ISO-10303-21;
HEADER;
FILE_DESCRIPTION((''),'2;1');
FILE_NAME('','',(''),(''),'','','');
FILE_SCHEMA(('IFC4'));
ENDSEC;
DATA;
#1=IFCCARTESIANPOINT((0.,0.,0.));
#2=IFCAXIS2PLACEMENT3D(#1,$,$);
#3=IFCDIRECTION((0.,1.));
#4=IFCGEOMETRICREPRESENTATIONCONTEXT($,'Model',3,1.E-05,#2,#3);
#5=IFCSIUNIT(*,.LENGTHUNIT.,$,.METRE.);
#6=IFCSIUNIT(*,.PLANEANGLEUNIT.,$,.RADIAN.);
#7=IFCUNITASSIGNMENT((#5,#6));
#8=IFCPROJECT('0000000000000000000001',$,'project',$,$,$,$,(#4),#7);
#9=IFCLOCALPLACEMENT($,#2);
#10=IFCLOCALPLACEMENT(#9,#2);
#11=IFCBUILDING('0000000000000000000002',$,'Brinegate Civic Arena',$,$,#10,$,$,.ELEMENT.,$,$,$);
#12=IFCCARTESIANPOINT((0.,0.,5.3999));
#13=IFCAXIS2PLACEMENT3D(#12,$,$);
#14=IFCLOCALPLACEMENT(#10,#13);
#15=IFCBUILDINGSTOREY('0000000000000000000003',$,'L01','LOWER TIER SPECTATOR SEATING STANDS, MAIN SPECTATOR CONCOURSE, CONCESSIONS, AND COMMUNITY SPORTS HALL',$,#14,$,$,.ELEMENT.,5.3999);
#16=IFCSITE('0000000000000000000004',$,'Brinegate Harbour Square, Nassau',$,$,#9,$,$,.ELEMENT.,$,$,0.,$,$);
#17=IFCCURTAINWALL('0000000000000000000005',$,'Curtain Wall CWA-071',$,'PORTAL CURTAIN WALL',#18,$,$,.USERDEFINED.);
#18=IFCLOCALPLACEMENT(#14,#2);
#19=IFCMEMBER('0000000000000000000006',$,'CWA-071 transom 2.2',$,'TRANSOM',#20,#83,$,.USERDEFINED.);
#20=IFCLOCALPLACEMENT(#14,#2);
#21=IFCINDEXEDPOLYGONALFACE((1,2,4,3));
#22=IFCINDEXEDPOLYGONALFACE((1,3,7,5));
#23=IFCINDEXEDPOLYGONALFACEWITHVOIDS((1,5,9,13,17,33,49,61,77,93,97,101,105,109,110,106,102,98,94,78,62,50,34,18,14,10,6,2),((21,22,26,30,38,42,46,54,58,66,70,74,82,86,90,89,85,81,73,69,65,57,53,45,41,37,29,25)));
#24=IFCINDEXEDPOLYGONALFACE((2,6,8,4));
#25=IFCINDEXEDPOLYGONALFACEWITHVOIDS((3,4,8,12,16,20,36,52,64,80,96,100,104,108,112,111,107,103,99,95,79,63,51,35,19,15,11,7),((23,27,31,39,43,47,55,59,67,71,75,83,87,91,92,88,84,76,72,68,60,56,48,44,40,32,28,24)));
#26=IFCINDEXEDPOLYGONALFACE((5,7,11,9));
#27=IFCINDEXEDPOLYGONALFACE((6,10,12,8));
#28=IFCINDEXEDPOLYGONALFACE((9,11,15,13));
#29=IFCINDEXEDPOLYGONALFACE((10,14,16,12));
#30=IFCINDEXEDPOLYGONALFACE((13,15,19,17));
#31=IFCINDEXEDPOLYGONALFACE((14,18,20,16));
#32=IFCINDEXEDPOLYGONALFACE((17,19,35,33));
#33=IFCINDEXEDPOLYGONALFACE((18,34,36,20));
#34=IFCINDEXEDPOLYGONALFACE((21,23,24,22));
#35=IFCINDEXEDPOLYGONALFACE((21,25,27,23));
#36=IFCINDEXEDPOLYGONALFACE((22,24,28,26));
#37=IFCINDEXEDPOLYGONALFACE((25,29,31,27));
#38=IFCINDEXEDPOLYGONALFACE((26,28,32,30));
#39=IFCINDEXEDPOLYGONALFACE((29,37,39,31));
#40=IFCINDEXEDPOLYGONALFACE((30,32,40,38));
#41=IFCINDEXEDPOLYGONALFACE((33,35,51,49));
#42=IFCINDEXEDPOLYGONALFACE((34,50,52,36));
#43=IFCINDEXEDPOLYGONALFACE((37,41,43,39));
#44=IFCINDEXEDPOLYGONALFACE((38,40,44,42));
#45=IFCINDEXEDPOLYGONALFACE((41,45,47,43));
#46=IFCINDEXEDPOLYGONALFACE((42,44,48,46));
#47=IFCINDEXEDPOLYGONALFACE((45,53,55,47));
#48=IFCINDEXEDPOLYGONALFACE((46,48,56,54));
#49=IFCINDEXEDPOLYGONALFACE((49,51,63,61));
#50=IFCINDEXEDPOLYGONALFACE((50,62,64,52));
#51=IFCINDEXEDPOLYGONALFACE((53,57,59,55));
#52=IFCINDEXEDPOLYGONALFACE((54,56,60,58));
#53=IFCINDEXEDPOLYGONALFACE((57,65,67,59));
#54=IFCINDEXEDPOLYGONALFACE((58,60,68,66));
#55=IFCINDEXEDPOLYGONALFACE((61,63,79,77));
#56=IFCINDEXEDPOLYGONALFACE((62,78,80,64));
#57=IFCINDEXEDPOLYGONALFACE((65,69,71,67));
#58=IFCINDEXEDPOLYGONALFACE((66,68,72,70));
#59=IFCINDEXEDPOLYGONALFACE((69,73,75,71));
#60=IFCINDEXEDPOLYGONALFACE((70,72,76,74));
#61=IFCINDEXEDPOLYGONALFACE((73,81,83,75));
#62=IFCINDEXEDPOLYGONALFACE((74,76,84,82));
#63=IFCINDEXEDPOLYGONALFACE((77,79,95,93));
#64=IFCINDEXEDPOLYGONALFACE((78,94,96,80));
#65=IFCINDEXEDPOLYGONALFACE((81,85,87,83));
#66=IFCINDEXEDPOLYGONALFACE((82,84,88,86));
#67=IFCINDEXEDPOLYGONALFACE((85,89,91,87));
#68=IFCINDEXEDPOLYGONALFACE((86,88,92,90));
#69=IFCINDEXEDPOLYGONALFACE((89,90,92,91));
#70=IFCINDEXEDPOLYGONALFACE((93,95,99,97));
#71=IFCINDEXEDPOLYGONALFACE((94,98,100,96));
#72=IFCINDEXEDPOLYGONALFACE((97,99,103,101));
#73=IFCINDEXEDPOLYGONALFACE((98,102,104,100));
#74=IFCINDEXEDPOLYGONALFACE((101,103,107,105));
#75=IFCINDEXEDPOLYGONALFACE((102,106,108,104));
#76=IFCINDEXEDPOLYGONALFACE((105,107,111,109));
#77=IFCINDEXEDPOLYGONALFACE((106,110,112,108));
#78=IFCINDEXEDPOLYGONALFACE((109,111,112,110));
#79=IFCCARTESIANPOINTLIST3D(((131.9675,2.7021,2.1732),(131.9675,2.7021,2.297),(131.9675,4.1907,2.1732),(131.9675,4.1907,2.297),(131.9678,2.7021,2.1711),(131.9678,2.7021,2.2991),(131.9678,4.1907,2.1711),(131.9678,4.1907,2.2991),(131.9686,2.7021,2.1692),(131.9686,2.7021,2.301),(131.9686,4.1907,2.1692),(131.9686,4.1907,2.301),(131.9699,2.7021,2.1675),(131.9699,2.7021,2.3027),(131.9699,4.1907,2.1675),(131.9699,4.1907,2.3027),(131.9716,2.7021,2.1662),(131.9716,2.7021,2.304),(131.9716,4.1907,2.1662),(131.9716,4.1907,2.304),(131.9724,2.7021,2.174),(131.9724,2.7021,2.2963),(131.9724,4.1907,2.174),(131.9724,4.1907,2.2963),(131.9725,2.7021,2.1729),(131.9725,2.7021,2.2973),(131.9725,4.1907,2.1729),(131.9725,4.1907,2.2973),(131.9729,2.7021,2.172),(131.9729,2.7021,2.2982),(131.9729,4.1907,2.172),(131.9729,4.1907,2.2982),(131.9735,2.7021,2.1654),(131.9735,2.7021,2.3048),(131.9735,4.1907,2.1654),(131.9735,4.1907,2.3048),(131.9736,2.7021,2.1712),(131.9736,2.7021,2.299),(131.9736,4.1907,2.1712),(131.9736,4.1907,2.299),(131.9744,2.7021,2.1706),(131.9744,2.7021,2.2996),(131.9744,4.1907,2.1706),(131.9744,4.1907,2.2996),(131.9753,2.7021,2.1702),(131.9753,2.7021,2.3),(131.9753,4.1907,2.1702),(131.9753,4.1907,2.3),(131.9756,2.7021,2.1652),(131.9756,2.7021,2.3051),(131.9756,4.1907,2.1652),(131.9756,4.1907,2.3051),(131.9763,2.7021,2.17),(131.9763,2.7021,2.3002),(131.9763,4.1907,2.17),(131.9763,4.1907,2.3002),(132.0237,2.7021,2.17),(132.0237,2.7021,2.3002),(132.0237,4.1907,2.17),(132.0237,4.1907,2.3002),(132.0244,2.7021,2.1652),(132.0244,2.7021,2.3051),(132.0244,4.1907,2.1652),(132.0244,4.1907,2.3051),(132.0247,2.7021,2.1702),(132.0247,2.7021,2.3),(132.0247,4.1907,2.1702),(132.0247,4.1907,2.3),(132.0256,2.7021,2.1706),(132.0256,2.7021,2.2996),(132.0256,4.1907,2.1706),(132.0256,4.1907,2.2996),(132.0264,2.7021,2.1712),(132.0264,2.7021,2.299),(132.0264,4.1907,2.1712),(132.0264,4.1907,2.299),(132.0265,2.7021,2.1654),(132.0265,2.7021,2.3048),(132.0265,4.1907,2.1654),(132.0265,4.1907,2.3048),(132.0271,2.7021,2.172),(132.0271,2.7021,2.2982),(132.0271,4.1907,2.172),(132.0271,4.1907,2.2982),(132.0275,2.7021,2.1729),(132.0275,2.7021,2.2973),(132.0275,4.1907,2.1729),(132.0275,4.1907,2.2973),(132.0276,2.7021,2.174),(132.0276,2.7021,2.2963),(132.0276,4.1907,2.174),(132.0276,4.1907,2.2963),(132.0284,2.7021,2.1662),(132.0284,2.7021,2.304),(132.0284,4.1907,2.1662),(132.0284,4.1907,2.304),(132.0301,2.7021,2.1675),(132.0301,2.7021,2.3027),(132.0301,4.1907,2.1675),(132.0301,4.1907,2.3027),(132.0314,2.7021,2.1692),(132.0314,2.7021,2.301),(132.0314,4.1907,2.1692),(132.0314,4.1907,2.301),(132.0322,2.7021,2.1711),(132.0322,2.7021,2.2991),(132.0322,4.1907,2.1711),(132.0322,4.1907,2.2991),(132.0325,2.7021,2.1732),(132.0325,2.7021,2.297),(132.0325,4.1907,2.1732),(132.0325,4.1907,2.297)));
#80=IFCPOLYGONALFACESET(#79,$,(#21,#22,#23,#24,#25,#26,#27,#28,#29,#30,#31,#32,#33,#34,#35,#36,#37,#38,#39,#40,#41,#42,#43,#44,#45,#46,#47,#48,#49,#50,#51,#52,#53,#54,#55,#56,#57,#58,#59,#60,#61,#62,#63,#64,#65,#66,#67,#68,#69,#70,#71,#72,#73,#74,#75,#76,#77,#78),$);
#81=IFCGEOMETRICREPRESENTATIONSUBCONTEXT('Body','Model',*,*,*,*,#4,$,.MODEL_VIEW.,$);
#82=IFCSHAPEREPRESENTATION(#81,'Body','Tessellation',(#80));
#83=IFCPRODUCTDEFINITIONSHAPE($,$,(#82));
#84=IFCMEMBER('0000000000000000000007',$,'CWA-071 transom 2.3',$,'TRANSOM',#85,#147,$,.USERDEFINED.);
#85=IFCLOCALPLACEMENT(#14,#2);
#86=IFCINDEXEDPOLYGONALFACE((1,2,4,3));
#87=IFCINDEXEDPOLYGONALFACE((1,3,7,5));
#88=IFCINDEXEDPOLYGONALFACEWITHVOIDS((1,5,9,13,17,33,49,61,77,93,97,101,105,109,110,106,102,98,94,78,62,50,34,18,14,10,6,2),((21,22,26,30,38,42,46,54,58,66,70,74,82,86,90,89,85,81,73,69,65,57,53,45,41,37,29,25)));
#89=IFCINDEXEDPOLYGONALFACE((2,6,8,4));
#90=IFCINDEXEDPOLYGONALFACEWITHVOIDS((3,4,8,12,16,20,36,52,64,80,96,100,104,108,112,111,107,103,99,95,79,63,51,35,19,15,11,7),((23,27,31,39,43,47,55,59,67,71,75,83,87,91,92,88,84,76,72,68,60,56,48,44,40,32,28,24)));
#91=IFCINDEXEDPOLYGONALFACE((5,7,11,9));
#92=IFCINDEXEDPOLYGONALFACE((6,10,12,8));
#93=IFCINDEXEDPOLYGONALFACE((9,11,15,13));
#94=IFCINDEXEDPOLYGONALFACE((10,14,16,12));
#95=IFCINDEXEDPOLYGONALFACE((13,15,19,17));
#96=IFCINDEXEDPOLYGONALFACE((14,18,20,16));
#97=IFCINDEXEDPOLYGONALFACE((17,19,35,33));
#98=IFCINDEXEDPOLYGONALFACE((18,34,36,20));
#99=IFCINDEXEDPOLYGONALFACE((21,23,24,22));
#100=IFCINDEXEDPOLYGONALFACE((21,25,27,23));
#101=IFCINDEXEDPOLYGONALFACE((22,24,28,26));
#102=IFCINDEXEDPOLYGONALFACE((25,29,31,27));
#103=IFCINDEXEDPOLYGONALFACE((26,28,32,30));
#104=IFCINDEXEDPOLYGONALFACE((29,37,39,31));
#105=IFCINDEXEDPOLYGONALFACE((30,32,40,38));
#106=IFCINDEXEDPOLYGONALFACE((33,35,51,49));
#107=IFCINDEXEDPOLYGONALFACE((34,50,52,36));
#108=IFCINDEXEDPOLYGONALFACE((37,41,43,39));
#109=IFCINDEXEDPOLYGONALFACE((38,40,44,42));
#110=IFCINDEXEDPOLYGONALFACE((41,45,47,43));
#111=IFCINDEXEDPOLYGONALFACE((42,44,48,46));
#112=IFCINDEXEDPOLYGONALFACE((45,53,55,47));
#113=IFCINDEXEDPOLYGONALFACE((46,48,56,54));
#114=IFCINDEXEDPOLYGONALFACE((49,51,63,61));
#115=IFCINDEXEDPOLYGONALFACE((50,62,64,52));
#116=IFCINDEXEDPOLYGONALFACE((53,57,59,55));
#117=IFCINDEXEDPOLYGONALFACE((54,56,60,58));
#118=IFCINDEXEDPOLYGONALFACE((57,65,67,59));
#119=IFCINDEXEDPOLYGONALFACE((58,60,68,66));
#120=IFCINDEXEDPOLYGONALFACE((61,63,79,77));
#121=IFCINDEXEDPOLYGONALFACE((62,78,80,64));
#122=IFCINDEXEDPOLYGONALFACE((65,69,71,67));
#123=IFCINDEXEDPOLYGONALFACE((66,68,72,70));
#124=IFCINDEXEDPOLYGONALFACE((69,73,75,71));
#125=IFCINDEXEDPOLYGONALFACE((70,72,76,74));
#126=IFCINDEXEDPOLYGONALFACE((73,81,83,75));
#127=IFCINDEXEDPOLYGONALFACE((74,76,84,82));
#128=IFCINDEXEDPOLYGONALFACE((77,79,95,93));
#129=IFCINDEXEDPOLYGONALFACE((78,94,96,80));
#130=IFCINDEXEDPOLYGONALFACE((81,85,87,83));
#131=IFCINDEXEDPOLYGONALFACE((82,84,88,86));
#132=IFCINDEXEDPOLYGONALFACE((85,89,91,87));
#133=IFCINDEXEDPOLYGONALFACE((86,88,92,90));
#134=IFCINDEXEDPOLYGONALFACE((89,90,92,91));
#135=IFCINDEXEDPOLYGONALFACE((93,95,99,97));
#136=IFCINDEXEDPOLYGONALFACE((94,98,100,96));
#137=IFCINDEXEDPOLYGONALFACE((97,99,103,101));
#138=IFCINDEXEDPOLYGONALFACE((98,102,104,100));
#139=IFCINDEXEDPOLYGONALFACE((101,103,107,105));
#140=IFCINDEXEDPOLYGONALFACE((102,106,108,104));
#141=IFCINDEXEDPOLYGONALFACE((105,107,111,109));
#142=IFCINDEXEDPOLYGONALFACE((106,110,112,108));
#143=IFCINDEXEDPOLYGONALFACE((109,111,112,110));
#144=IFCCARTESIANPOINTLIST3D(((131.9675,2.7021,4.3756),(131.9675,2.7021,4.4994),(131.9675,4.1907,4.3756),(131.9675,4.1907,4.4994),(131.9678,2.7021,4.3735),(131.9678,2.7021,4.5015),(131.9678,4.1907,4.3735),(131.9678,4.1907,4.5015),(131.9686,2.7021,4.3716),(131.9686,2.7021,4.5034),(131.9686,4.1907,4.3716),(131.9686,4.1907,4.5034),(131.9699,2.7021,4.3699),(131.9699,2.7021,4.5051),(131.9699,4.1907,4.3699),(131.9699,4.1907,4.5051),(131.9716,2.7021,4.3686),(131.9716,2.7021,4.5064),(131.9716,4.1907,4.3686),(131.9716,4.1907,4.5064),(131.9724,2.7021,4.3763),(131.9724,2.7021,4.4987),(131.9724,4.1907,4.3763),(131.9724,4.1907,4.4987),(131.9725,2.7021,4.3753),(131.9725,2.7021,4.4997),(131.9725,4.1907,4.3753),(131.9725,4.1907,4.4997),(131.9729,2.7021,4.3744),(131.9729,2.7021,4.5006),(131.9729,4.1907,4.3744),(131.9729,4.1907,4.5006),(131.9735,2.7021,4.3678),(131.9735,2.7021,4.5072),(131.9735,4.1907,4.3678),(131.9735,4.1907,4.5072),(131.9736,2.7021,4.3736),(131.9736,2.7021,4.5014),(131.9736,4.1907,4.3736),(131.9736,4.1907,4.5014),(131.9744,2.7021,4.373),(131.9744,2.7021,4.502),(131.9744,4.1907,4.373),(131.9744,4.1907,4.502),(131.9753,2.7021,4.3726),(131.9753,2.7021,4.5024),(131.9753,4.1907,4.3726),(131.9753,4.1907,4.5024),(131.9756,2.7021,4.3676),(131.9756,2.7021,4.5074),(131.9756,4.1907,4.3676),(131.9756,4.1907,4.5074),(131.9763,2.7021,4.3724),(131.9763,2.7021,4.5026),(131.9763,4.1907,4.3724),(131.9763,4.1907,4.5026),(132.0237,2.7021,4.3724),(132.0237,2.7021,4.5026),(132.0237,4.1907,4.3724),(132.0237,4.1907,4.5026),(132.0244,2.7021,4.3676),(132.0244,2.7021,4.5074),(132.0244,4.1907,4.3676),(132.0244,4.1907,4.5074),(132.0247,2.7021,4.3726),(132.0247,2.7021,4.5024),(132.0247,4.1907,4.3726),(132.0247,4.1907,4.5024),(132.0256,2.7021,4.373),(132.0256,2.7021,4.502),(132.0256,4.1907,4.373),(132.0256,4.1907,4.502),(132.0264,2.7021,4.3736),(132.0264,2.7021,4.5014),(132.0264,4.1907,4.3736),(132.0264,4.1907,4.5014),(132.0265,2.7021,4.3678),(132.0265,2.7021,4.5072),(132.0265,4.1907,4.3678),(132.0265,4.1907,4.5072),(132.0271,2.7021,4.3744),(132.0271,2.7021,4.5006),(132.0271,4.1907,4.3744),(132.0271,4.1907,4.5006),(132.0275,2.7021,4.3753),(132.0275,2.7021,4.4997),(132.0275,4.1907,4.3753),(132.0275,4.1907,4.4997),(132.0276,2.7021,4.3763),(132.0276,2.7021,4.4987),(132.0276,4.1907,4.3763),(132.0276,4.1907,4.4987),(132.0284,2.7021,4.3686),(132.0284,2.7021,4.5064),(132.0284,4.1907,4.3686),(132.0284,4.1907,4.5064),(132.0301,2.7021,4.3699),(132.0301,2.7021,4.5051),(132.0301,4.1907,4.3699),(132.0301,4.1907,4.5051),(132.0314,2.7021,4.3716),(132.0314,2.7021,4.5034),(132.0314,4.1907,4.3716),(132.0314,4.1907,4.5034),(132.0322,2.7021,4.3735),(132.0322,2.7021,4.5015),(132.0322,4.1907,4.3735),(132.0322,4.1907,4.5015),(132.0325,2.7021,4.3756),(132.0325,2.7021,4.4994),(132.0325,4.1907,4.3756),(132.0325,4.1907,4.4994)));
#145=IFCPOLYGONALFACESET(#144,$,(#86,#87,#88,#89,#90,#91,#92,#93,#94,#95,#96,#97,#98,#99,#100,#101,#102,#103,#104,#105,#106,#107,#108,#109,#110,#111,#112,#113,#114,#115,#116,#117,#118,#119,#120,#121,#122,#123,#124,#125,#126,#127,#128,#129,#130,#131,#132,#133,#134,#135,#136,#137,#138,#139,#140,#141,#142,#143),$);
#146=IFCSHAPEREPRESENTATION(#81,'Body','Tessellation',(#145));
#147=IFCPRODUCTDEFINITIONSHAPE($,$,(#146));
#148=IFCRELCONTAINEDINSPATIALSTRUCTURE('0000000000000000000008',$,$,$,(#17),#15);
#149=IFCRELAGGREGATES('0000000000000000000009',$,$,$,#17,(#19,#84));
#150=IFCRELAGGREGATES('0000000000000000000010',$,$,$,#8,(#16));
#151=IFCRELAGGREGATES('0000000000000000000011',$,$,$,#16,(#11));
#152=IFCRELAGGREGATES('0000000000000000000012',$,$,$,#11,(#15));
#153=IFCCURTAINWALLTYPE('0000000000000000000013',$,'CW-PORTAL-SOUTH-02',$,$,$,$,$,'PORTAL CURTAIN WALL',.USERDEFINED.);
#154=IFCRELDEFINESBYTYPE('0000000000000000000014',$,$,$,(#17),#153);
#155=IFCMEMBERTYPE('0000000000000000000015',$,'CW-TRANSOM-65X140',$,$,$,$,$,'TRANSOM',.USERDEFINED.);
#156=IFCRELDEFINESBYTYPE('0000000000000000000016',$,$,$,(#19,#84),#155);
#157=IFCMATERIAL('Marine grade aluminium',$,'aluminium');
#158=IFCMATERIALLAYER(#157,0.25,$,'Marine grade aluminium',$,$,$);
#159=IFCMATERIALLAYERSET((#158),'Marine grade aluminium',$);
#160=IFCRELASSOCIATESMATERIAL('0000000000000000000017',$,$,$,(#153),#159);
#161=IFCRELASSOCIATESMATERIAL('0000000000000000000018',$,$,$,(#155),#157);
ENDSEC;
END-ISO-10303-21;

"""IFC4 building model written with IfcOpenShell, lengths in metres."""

from ifc_helpers import new_model, si_unit, direction, frame, origin, origin_2d, place, context, subcontext, project, spatial, hollow_rectangle, extrude, material, layer, layer_set, material_profile, profile_set, type_object, element, aggregate, save


model = new_model("IFC4")

# Units and contexts
model_context = context("Model", 3, precision=1e-05, world=origin(), true_north=direction((0.0, 1.0)))
body_context = subcontext(model_context, "Body", "Model", "MODEL_VIEW")
ifc_project = project(units=[si_unit("LENGTHUNIT", "METRE"), si_unit("PLANEANGLEUNIT", "RADIAN")], contexts=[model_context])

# Site, building, storey
site_placement = place(None, origin())
site = spatial("IfcSite", under=ifc_project, at=site_placement, Name="Brinegate Harbour Square, Nassau", CompositionType="ELEMENT", RefElevation=0.0)
building_placement = place(site_placement, origin())
building = spatial("IfcBuilding", under=site, at=building_placement, Name="Brinegate Civic Arena", CompositionType="ELEMENT")
storey_placement = place(building_placement, frame((0.0, 0.0, 5.3999)))
storey = spatial("IfcBuildingStorey", under=building, at=storey_placement, Name="L01", Description="LOWER TIER SPECTATOR SEATING STANDS, MAIN SPECTATOR CONCOURSE, CONCESSIONS, AND COMMUNITY SPORTS HALL", CompositionType="ELEMENT", Elevation=5.3999)

# Curtain wall, members
ifc_material_1 = material(Name="Marine grade aluminium", Category="aluminium")
ifc_layer_1 = layer(ifc_material_1, 0.25, Name="Marine grade aluminium")
ifc_layer_set_1 = layer_set([ifc_layer_1], Name="Marine grade aluminium")
curtain_wall_type = type_object("IfcCurtainWallType", Name="CW-PORTAL-SOUTH-02", ElementType="PORTAL CURTAIN WALL", PredefinedType="USERDEFINED", material=ifc_layer_set_1)
curtain_wall_placement = place(storey_placement, origin())
curtain_wall = element("IfcCurtainWall", 1, at=curtain_wall_placement, inside=storey, type_object=curtain_wall_type, Name="Curtain Wall CWA-071", ObjectType="PORTAL CURTAIN WALL", PredefinedType="USERDEFINED")
ifc_material_profile_1 = material_profile(ifc_material_1, hollow_rectangle(XDim=0.0649, YDim=0.1399, WallThickness=0.0049, InnerFilletRadius=0.0039, OuterFilletRadius=0.0081, at=origin_2d()), Name="TRN65X140")
ifc_profile_set_1 = profile_set([ifc_material_profile_1], Name="Marine grade aluminium")
member_type_1 = type_object("IfcMemberType", Name="CW-TRANSOM-65X140", ElementType="TRANSOM", PredefinedType="USERDEFINED", material=ifc_profile_set_1)
member_1_placement = place(storey_placement, frame((132.0, 2.7021, 2.2351), z_axis=(0.0, 1.0, 0.0), x_axis=(-1.0, 0.0, 0.0)))
member_1 = element("IfcMember", 2, at=member_1_placement, type_object=member_type_1, Name="CWA-071 transom 2.2", ObjectType="TRANSOM", PredefinedType="USERDEFINED", context=body_context, shape_type="SweptSolid", body=[
    extrude(hollow_rectangle(XDim=0.0649, YDim=0.1399, WallThickness=0.0049, InnerFilletRadius=0.0039, OuterFilletRadius=0.0081, at=origin_2d()), origin(), (0.0, 0.0, 1.0), 1.4885),
])
member_2_placement = place(storey_placement, frame((132.0, 2.7021, 4.4375), z_axis=(0.0, 1.0, 0.0), x_axis=(-1.0, 0.0, 0.0)))
member_2 = element("IfcMember", 3, at=member_2_placement, type_object=member_type_1, Name="CWA-071 transom 2.3", ObjectType="TRANSOM", PredefinedType="USERDEFINED", context=body_context, shape_type="SweptSolid", body=[
    extrude(hollow_rectangle(XDim=0.0649, YDim=0.1399, WallThickness=0.0049, InnerFilletRadius=0.0039, OuterFilletRadius=0.0081, at=origin_2d()), origin(), (0.0, 0.0, 1.0), 1.4885),
])

aggregate(curtain_wall, [member_1, member_2])

save(model, "model.ifc")
